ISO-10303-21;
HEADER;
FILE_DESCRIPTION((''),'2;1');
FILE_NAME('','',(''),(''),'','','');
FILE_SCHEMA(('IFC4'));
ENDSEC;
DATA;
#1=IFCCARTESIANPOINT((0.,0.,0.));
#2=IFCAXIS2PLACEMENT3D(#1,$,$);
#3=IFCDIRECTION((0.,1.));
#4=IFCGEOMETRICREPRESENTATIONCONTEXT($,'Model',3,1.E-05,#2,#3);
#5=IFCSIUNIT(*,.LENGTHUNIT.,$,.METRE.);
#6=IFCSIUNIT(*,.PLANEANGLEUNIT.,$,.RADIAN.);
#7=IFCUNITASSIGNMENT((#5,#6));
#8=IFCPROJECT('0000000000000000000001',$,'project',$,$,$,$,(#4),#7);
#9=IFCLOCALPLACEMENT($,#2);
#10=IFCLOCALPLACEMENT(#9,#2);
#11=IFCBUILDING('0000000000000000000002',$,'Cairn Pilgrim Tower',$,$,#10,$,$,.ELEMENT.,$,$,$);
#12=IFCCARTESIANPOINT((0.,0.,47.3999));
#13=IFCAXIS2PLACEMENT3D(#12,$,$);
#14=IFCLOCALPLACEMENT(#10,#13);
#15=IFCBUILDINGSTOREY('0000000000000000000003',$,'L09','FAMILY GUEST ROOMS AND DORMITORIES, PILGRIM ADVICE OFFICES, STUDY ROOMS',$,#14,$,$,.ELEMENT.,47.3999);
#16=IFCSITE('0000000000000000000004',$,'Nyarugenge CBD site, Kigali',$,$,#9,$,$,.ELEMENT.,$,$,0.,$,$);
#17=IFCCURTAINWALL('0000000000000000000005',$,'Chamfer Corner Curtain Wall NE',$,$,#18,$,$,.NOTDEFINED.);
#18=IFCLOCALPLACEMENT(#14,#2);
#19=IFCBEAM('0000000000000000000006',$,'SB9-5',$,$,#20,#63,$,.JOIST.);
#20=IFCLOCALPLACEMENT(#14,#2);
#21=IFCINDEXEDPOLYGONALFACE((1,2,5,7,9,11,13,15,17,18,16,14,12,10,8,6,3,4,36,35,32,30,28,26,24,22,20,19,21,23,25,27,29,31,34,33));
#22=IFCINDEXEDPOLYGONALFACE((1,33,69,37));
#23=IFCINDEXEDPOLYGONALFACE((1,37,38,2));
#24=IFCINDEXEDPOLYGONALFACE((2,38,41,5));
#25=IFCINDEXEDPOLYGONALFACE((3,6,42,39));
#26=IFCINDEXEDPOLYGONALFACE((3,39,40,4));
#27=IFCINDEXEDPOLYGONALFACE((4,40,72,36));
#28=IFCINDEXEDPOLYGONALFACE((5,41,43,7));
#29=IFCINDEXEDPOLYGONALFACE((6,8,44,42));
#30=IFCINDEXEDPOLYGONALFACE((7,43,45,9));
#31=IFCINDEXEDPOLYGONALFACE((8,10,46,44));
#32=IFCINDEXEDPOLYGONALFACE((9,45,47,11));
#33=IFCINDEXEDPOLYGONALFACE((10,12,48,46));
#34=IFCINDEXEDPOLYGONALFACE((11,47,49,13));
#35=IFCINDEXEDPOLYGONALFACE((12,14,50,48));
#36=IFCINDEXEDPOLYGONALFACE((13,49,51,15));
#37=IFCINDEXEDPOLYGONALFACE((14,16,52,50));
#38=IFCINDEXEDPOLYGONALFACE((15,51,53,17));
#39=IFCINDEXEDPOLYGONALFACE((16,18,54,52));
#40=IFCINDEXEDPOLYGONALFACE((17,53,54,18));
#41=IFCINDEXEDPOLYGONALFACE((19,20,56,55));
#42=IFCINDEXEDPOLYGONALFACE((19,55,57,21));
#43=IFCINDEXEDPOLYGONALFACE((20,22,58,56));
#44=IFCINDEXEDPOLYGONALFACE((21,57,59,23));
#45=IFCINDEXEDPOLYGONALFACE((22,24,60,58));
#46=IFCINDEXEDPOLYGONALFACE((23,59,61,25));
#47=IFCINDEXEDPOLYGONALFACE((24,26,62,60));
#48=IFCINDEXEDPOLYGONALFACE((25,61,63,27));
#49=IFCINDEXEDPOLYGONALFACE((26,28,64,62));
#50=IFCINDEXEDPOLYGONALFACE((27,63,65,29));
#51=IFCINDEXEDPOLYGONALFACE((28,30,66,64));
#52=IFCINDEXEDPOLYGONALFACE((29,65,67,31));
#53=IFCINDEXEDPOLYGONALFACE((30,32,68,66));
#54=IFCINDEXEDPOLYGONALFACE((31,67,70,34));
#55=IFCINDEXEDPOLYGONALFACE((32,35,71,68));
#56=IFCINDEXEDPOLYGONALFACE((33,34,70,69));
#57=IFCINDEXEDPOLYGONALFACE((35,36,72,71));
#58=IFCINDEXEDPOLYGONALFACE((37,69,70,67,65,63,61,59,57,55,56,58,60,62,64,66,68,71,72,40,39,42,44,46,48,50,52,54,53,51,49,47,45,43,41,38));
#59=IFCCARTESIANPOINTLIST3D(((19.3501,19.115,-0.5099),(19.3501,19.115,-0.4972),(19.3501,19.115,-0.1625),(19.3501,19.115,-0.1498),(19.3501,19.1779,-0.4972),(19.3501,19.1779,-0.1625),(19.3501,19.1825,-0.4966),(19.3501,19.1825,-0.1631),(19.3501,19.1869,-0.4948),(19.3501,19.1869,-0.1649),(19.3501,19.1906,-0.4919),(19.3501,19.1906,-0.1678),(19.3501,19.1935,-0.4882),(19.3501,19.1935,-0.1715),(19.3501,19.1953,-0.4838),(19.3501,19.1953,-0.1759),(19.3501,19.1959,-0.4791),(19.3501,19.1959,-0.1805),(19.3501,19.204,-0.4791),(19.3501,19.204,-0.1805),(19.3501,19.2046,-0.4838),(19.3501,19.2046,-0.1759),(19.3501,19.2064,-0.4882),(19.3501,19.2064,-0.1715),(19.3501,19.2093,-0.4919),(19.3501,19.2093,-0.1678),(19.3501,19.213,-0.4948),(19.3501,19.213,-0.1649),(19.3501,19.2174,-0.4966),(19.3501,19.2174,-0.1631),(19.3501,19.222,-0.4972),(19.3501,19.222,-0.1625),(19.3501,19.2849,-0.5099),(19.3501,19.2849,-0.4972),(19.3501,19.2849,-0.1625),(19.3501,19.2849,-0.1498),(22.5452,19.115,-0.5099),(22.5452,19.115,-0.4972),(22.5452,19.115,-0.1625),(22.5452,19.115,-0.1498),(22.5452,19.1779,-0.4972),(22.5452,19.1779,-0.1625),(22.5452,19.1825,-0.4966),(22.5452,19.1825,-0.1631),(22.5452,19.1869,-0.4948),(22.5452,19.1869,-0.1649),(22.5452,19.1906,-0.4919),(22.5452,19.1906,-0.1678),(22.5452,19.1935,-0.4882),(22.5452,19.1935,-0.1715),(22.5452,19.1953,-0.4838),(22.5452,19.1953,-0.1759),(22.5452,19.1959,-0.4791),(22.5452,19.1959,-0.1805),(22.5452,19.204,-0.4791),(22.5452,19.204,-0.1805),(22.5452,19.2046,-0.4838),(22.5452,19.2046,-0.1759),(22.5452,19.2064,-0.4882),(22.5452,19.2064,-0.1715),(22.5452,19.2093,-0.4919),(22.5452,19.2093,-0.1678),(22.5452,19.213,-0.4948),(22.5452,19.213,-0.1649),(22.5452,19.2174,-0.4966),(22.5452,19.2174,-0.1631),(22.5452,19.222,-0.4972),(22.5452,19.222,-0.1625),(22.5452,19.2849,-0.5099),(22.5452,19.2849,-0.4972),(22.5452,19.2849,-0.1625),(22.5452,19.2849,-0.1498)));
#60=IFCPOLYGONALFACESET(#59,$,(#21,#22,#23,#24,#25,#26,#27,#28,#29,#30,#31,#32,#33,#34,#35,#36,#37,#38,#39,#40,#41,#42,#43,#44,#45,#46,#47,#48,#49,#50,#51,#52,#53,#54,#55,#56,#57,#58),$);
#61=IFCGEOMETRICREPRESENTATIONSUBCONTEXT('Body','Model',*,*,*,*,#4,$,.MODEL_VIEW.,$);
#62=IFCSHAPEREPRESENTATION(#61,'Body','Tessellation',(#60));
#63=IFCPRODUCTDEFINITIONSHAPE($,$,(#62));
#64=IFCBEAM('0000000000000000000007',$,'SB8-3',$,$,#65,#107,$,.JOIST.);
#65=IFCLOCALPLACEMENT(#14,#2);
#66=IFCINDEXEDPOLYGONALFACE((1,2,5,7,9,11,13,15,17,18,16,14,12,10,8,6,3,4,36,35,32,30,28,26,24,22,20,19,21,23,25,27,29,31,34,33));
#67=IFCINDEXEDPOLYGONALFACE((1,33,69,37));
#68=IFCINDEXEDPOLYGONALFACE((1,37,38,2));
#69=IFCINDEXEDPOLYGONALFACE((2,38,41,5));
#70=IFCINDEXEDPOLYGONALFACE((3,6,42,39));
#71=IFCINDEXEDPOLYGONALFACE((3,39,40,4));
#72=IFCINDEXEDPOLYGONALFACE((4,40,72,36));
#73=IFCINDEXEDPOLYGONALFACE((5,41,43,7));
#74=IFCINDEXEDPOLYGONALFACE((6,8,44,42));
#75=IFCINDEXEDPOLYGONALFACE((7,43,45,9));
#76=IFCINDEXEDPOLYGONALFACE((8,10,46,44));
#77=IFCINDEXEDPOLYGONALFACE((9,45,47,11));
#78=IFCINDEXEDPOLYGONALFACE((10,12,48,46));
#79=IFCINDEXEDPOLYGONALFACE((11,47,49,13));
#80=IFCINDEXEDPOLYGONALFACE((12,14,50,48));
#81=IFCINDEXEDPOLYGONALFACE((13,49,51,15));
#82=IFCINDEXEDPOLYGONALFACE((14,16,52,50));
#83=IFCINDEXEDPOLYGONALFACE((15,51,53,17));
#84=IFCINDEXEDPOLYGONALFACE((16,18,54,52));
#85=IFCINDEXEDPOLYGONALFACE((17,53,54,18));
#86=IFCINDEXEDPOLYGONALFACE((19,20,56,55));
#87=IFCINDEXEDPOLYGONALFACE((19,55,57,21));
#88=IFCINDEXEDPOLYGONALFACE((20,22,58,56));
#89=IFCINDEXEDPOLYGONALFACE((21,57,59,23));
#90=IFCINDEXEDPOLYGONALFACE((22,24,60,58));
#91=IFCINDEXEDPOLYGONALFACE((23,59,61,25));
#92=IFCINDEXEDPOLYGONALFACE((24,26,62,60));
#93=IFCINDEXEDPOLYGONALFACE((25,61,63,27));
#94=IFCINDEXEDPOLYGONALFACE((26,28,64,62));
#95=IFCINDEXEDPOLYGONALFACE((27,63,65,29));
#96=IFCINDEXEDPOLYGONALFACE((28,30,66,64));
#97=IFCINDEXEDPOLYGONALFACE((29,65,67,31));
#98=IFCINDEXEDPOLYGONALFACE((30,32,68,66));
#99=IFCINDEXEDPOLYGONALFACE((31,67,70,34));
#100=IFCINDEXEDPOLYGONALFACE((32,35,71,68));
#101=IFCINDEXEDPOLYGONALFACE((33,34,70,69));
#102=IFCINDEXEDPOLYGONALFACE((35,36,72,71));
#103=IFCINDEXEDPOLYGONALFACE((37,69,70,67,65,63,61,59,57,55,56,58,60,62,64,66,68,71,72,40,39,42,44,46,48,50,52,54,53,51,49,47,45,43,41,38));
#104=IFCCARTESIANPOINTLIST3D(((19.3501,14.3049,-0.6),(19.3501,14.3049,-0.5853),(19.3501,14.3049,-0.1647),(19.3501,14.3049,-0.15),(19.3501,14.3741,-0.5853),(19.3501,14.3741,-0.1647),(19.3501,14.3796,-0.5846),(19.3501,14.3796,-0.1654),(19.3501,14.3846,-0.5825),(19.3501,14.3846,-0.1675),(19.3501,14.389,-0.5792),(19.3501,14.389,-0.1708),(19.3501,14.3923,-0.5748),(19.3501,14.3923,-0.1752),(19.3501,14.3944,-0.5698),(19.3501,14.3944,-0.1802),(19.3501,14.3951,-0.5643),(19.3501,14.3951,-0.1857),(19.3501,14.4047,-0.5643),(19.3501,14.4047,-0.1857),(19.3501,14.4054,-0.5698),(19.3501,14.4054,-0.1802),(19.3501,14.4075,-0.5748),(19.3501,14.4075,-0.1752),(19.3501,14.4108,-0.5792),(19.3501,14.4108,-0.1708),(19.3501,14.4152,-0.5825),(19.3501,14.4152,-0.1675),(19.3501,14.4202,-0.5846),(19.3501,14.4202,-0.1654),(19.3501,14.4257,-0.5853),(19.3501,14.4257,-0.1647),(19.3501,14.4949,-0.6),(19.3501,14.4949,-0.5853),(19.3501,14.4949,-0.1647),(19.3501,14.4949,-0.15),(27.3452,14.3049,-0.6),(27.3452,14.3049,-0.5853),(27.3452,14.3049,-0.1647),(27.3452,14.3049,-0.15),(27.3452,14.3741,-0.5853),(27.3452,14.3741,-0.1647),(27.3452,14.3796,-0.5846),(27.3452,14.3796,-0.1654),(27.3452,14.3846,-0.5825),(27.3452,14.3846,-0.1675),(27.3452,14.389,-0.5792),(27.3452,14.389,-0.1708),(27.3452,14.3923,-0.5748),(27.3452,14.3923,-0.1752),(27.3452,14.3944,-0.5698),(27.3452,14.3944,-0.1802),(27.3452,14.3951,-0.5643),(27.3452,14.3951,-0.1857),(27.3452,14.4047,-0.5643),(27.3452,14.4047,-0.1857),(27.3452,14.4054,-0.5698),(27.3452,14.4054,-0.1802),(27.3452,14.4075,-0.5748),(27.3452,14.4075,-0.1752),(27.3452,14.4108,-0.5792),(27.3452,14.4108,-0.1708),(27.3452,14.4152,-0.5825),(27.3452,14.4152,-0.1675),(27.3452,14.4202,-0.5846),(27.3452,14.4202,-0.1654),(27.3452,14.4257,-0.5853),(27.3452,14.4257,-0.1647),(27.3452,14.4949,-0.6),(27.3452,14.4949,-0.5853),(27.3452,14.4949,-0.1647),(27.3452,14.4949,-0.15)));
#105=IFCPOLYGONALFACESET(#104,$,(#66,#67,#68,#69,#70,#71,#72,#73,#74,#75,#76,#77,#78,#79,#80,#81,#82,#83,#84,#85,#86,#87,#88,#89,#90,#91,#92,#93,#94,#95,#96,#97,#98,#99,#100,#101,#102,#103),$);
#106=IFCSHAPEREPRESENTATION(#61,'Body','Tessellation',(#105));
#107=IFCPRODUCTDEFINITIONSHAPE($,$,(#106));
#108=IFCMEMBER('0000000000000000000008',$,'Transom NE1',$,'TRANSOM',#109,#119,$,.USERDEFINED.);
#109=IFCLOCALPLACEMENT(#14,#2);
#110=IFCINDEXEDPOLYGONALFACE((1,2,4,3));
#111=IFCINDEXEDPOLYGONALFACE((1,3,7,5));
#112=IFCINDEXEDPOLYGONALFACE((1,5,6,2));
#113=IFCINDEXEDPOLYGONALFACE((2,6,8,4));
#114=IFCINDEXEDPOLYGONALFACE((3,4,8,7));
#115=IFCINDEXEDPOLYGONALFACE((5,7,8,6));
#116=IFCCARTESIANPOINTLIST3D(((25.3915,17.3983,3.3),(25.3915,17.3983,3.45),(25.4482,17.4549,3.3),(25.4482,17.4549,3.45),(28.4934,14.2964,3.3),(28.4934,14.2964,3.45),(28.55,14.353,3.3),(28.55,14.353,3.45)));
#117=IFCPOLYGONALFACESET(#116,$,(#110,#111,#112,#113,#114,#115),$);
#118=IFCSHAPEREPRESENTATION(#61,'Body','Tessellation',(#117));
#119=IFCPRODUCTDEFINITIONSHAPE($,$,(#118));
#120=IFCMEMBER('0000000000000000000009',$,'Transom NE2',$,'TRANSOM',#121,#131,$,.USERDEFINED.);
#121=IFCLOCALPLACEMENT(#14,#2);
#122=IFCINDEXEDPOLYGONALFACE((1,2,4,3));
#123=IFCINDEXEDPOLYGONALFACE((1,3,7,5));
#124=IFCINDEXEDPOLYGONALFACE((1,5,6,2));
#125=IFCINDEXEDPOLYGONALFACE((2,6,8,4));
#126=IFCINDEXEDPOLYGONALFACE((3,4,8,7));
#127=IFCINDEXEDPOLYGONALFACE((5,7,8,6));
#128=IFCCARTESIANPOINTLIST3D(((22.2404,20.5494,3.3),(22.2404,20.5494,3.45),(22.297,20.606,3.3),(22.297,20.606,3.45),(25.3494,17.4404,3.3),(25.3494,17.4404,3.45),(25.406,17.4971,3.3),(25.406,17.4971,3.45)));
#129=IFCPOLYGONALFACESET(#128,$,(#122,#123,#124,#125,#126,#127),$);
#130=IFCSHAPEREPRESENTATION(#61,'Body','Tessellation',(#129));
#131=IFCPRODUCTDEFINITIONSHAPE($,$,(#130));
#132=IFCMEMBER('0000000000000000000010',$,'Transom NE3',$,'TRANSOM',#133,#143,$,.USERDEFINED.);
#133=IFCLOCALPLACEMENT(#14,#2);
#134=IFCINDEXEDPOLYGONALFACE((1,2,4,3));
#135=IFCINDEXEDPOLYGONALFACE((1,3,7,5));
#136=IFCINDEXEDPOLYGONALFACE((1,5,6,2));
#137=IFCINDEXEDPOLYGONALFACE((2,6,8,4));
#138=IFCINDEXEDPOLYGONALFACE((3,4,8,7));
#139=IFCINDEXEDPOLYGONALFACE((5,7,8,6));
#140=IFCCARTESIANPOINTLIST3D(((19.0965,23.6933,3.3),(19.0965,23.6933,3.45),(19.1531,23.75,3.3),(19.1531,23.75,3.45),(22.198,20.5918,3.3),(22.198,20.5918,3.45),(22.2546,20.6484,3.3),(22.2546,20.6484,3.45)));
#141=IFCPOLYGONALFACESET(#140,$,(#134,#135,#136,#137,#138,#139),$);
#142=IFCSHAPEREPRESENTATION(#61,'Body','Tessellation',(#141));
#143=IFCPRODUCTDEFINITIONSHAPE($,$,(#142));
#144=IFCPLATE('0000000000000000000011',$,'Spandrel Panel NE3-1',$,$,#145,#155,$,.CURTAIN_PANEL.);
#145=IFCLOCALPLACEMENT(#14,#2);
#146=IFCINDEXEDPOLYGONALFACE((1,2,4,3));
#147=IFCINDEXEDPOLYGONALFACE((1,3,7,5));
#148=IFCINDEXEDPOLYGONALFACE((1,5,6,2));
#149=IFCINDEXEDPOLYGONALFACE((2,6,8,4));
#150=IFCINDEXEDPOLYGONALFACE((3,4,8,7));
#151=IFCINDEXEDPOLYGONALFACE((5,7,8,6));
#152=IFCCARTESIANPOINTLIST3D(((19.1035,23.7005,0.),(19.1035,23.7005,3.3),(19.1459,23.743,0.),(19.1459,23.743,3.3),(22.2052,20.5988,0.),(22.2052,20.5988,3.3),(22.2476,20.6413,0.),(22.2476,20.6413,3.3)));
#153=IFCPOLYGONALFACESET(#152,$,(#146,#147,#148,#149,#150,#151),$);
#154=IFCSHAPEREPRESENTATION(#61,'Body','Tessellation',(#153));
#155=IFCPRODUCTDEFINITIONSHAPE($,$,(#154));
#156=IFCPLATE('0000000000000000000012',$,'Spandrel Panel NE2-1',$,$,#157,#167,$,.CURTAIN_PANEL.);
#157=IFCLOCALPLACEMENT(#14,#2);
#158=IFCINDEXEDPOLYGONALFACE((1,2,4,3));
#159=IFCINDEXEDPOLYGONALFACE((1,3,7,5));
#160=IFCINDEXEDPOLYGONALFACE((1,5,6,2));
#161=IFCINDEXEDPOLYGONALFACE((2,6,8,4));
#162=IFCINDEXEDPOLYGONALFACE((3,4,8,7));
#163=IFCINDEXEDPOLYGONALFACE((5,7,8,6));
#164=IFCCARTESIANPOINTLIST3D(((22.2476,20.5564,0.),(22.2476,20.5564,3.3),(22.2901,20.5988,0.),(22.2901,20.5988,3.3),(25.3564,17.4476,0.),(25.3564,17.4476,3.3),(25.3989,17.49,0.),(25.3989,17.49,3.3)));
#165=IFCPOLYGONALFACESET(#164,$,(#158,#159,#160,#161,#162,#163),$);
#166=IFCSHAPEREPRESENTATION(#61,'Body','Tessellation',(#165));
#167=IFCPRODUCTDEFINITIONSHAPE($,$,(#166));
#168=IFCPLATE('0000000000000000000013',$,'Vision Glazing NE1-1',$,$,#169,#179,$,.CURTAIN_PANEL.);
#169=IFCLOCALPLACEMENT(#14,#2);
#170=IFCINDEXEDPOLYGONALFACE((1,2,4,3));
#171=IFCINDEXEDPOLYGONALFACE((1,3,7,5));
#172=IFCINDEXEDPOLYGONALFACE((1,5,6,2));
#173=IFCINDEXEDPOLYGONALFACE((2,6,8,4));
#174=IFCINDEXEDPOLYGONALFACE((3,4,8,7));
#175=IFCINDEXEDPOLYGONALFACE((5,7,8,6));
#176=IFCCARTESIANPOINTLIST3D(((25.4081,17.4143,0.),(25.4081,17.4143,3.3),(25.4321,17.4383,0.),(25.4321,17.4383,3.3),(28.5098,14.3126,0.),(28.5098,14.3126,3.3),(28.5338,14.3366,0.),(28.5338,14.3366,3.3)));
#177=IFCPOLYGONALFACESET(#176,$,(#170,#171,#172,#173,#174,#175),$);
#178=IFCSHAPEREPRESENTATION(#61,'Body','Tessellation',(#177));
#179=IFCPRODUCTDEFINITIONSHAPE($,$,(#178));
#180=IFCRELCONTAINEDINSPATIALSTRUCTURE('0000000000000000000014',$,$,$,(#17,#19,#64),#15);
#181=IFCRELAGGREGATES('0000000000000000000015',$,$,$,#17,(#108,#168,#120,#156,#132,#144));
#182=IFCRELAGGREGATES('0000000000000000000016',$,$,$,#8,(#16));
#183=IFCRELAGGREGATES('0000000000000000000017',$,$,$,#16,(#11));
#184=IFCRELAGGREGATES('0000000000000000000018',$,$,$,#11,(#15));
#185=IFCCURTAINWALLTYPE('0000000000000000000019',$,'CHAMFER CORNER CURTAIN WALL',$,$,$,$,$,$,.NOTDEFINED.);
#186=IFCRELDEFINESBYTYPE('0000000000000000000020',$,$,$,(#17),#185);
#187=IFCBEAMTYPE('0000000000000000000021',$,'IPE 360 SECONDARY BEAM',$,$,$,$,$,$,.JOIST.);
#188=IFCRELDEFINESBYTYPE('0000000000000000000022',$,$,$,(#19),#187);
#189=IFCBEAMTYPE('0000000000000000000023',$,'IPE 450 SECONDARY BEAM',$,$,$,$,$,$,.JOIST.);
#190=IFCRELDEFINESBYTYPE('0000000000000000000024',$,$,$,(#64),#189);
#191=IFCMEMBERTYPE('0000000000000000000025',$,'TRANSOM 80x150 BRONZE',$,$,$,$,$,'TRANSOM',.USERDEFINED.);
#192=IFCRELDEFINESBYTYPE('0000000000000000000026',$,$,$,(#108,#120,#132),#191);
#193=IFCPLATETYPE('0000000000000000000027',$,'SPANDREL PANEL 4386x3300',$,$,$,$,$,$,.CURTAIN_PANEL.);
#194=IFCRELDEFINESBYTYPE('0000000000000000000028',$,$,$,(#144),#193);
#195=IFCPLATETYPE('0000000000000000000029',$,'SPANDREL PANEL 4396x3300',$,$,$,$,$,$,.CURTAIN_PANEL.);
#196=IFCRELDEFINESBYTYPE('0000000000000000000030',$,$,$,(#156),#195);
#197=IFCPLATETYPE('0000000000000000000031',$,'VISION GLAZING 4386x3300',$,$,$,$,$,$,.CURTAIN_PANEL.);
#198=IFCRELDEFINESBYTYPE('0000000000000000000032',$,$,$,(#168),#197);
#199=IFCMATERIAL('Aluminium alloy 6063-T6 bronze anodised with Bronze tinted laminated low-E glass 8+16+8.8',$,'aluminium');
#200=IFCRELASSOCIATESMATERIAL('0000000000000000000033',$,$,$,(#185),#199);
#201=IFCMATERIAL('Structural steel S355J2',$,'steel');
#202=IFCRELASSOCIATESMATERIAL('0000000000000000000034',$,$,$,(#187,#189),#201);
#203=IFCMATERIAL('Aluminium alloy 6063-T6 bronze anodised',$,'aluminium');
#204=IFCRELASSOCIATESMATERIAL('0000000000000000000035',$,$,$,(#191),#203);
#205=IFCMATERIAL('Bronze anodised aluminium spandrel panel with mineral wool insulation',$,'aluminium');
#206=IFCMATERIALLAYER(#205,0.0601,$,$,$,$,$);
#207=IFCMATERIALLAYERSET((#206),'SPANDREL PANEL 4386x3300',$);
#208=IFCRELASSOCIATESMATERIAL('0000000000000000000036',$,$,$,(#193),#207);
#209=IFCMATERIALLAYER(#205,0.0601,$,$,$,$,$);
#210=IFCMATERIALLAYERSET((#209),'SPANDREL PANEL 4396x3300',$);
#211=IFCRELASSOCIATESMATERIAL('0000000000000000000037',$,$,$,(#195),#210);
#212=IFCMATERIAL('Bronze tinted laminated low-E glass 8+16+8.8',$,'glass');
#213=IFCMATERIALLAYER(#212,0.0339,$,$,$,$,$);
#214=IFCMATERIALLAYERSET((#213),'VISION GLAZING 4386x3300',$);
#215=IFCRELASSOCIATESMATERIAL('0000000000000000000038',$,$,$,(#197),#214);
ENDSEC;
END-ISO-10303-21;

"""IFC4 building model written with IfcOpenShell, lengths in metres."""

from ifc_helpers import new_model, si_unit, direction, frame, origin, origin_2d, place, context, subcontext, project, spatial, rectangle, i_section, extrude, material, layer, layer_set, material_profile, profile_set, type_object, element, aggregate, save


model = new_model("IFC4")

# Units and contexts
model_context = context("Model", 3, precision=1e-05, world=origin(), true_north=direction((0.0, 1.0)))
body_context = subcontext(model_context, "Body", "Model", "MODEL_VIEW")
ifc_project = project(units=[si_unit("LENGTHUNIT", "METRE"), si_unit("PLANEANGLEUNIT", "RADIAN")], contexts=[model_context])

# Site, building, storey
site_placement = place(None, origin())
site = spatial("IfcSite", under=ifc_project, at=site_placement, Name="Nyarugenge CBD site, Kigali", CompositionType="ELEMENT", RefElevation=0.0)
building_placement = place(site_placement, origin())
building = spatial("IfcBuilding", under=site, at=building_placement, Name="Cairn Pilgrim Tower", CompositionType="ELEMENT")
storey_placement = place(building_placement, frame((0.0, 0.0, 47.3999)))
storey = spatial("IfcBuildingStorey", under=building, at=storey_placement, Name="L09", Description="FAMILY GUEST ROOMS AND DORMITORIES, PILGRIM ADVICE OFFICES, STUDY ROOMS", CompositionType="ELEMENT", Elevation=47.3999)

# Shared definitions
ifc_material_1 = material(Name="Structural steel S355J2", Category="steel")

# Curtain wall
ifc_material_2 = material(Name="Aluminium alloy 6063-T6 bronze anodised with Bronze tinted laminated low-E glass 8+16+8.8", Category="aluminium")
curtain_wall_type_1 = type_object("IfcCurtainWallType", Name="CHAMFER CORNER CURTAIN WALL", PredefinedType="NOTDEFINED", material=ifc_material_2)
curtain_wall_1_placement = place(storey_placement, origin())
curtain_wall_1 = element("IfcCurtainWall", 1, at=curtain_wall_1_placement, inside=storey, type_object=curtain_wall_type_1, Name="Chamfer Corner Curtain Wall NE", PredefinedType="NOTDEFINED")
ifc_material_3 = material(Name="Aluminium alloy 6063-T6 bronze anodised", Category="aluminium")

# Beams
ifc_material_profile_1 = material_profile(ifc_material_1, i_section(OverallWidth=0.1699, OverallDepth=0.3601, WebThickness=0.0081, FlangeThickness=0.0127, FilletRadius=0.0181, at=origin_2d()), Name="IPE 360")
ifc_profile_set_1 = profile_set([ifc_material_profile_1], Name="Structural steel S355J2")
beam_type_1 = type_object("IfcBeamType", Name="IPE 360 SECONDARY BEAM", PredefinedType="JOIST", material=ifc_profile_set_1)
beam_1_placement = place(storey_placement, frame((19.3501, 19.2, -0.3298), z_axis=(1.0, 0.0, 0.0), x_axis=(0.0, 1.0, 0.0)))
element("IfcBeam", 2, at=beam_1_placement, inside=storey, type_object=beam_type_1, Name="SB9-5", PredefinedType="JOIST", context=body_context, shape_type="SweptSolid", body=[
    extrude(i_section(OverallWidth=0.1699, OverallDepth=0.3601, WebThickness=0.0081, FlangeThickness=0.0127, FilletRadius=0.0181, at=origin_2d()), origin(), (0.0, 0.0, 1.0), 3.1951),
])
ifc_material_profile_2 = material_profile(ifc_material_1, i_section(OverallWidth=0.1899, OverallDepth=0.45, WebThickness=0.0095, FlangeThickness=0.0146, FilletRadius=0.021, at=origin_2d()), Name="IPE 450")
ifc_profile_set_2 = profile_set([ifc_material_profile_2], Name="Structural steel S355J2")
beam_type_2 = type_object("IfcBeamType", Name="IPE 450 SECONDARY BEAM", PredefinedType="JOIST", material=ifc_profile_set_2)
beam_2_placement = place(storey_placement, frame((19.3501, 14.3999, -0.375), z_axis=(1.0, 0.0, 0.0), x_axis=(0.0, 1.0, 0.0)))
element("IfcBeam", 3, at=beam_2_placement, inside=storey, type_object=beam_type_2, Name="SB8-3", PredefinedType="JOIST", context=body_context, shape_type="SweptSolid", body=[
    extrude(i_section(OverallWidth=0.1899, OverallDepth=0.45, WebThickness=0.0095, FlangeThickness=0.0146, FilletRadius=0.021, at=origin_2d()), origin(), (0.0, 0.0, 1.0), 7.9951),
])

# Members
ifc_material_profile_3 = material_profile(ifc_material_3, rectangle(XDim=0.0801, YDim=0.1499, at=origin_2d()), Name="TRANSOM 80x150 BRONZE")
ifc_profile_set_3 = profile_set([ifc_material_profile_3], Name="Aluminium alloy 6063-T6 bronze anodised")
member_type_1 = type_object("IfcMemberType", Name="TRANSOM 80x150 BRONZE", ElementType="TRANSOM", PredefinedType="USERDEFINED", material=ifc_profile_set_3)
member_1_placement = place(storey_placement, frame((28.5217, 14.3247, 3.375), z_axis=(-0.707107, 0.707107, 0.0), x_axis=(-0.707107, -0.707107, 0.0)))
member_1 = element("IfcMember", 4, at=member_1_placement, type_object=member_type_1, Name="Transom NE1", ObjectType="TRANSOM", PredefinedType="USERDEFINED", context=body_context, shape_type="SweptSolid", body=[
    extrude(rectangle(XDim=0.0801, YDim=0.1499, at=origin_2d()), origin(), (0.0, 0.0, 1.0), 4.3867),
])
member_2_placement = place(storey_placement, frame((25.3777, 17.4688, 3.375), z_axis=(-0.707107, 0.707107, 0.0), x_axis=(-0.707107, -0.707107, 0.0)))
member_2 = element("IfcMember", 5, at=member_2_placement, type_object=member_type_1, Name="Transom NE2", ObjectType="TRANSOM", PredefinedType="USERDEFINED", context=body_context, shape_type="SweptSolid", body=[
    extrude(rectangle(XDim=0.0801, YDim=0.1499, at=origin_2d()), origin(), (0.0, 0.0, 1.0), 4.3967),
])
member_3_placement = place(storey_placement, frame((22.2263, 20.6201, 3.375), z_axis=(-0.707107, 0.707107, 0.0), x_axis=(-0.707107, -0.707107, 0.0)))
member_3 = element("IfcMember", 6, at=member_3_placement, type_object=member_type_1, Name="Transom NE3", ObjectType="TRANSOM", PredefinedType="USERDEFINED", context=body_context, shape_type="SweptSolid", body=[
    extrude(rectangle(XDim=0.0801, YDim=0.1499, at=origin_2d()), origin(), (0.0, 0.0, 1.0), 4.3862),
])

# Plates
ifc_material_4 = material(Name="Bronze anodised aluminium spandrel panel with mineral wool insulation", Category="aluminium")
ifc_layer_1 = layer(ifc_material_4, 0.0601)
ifc_layer_set_1 = layer_set([ifc_layer_1], Name="SPANDREL PANEL 4386x3300")
plate_type_1 = type_object("IfcPlateType", Name="SPANDREL PANEL 4386x3300", PredefinedType="CURTAIN_PANEL", material=ifc_layer_set_1)
plate_1_placement = place(storey_placement, frame((20.6755, 22.1709, 0.0), z_axis=(0.0, 0.0, 1.0), x_axis=(-0.707107, 0.707107, 0.0)))
plate_1 = element("IfcPlate", 7, at=plate_1_placement, type_object=plate_type_1, Name="Spandrel Panel NE3-1", PredefinedType="CURTAIN_PANEL", context=body_context, shape_type="SweptSolid", body=[
    extrude(rectangle(XDim=4.3865, YDim=0.0601, at=origin_2d()), origin(), (0.0, 0.0, 1.0), 3.3),
])
ifc_layer_2 = layer(ifc_material_4, 0.0601)
ifc_layer_set_2 = layer_set([ifc_layer_2], Name="SPANDREL PANEL 4396x3300")
plate_type_2 = type_object("IfcPlateType", Name="SPANDREL PANEL 4396x3300", PredefinedType="CURTAIN_PANEL", material=ifc_layer_set_2)
plate_2_placement = place(storey_placement, frame((23.8232, 19.0232, 0.0), z_axis=(0.0, 0.0, 1.0), x_axis=(-0.707107, 0.707107, 0.0)))
plate_2 = element("IfcPlate", 8, at=plate_2_placement, type_object=plate_type_2, Name="Spandrel Panel NE2-1", PredefinedType="CURTAIN_PANEL", context=body_context, shape_type="SweptSolid", body=[
    extrude(rectangle(XDim=4.3965, YDim=0.0601, at=origin_2d()), origin(), (0.0, 0.0, 1.0), 3.3),
])
ifc_material_5 = material(Name="Bronze tinted laminated low-E glass 8+16+8.8", Category="glass")
ifc_layer_3 = layer(ifc_material_5, 0.0339)
ifc_layer_set_3 = layer_set([ifc_layer_3], Name="VISION GLAZING 4386x3300")
plate_type_3 = type_object("IfcPlateType", Name="VISION GLAZING 4386x3300", PredefinedType="CURTAIN_PANEL", material=ifc_layer_set_3)
plate_3_placement = place(storey_placement, frame((26.9709, 15.8755, 0.0), z_axis=(0.0, 0.0, 1.0), x_axis=(-0.707107, 0.707107, 0.0)))
plate_3 = element("IfcPlate", 9, at=plate_3_placement, type_object=plate_type_3, Name="Vision Glazing NE1-1", PredefinedType="CURTAIN_PANEL", context=body_context, shape_type="SweptSolid", body=[
    extrude(rectangle(XDim=4.3865, YDim=0.0339, at=origin_2d()), origin(), (0.0, 0.0, 1.0), 3.3),
])
aggregate(curtain_wall_1, [member_1, plate_3, member_2, plate_2, member_3, plate_1])

save(model, "model.ifc")
